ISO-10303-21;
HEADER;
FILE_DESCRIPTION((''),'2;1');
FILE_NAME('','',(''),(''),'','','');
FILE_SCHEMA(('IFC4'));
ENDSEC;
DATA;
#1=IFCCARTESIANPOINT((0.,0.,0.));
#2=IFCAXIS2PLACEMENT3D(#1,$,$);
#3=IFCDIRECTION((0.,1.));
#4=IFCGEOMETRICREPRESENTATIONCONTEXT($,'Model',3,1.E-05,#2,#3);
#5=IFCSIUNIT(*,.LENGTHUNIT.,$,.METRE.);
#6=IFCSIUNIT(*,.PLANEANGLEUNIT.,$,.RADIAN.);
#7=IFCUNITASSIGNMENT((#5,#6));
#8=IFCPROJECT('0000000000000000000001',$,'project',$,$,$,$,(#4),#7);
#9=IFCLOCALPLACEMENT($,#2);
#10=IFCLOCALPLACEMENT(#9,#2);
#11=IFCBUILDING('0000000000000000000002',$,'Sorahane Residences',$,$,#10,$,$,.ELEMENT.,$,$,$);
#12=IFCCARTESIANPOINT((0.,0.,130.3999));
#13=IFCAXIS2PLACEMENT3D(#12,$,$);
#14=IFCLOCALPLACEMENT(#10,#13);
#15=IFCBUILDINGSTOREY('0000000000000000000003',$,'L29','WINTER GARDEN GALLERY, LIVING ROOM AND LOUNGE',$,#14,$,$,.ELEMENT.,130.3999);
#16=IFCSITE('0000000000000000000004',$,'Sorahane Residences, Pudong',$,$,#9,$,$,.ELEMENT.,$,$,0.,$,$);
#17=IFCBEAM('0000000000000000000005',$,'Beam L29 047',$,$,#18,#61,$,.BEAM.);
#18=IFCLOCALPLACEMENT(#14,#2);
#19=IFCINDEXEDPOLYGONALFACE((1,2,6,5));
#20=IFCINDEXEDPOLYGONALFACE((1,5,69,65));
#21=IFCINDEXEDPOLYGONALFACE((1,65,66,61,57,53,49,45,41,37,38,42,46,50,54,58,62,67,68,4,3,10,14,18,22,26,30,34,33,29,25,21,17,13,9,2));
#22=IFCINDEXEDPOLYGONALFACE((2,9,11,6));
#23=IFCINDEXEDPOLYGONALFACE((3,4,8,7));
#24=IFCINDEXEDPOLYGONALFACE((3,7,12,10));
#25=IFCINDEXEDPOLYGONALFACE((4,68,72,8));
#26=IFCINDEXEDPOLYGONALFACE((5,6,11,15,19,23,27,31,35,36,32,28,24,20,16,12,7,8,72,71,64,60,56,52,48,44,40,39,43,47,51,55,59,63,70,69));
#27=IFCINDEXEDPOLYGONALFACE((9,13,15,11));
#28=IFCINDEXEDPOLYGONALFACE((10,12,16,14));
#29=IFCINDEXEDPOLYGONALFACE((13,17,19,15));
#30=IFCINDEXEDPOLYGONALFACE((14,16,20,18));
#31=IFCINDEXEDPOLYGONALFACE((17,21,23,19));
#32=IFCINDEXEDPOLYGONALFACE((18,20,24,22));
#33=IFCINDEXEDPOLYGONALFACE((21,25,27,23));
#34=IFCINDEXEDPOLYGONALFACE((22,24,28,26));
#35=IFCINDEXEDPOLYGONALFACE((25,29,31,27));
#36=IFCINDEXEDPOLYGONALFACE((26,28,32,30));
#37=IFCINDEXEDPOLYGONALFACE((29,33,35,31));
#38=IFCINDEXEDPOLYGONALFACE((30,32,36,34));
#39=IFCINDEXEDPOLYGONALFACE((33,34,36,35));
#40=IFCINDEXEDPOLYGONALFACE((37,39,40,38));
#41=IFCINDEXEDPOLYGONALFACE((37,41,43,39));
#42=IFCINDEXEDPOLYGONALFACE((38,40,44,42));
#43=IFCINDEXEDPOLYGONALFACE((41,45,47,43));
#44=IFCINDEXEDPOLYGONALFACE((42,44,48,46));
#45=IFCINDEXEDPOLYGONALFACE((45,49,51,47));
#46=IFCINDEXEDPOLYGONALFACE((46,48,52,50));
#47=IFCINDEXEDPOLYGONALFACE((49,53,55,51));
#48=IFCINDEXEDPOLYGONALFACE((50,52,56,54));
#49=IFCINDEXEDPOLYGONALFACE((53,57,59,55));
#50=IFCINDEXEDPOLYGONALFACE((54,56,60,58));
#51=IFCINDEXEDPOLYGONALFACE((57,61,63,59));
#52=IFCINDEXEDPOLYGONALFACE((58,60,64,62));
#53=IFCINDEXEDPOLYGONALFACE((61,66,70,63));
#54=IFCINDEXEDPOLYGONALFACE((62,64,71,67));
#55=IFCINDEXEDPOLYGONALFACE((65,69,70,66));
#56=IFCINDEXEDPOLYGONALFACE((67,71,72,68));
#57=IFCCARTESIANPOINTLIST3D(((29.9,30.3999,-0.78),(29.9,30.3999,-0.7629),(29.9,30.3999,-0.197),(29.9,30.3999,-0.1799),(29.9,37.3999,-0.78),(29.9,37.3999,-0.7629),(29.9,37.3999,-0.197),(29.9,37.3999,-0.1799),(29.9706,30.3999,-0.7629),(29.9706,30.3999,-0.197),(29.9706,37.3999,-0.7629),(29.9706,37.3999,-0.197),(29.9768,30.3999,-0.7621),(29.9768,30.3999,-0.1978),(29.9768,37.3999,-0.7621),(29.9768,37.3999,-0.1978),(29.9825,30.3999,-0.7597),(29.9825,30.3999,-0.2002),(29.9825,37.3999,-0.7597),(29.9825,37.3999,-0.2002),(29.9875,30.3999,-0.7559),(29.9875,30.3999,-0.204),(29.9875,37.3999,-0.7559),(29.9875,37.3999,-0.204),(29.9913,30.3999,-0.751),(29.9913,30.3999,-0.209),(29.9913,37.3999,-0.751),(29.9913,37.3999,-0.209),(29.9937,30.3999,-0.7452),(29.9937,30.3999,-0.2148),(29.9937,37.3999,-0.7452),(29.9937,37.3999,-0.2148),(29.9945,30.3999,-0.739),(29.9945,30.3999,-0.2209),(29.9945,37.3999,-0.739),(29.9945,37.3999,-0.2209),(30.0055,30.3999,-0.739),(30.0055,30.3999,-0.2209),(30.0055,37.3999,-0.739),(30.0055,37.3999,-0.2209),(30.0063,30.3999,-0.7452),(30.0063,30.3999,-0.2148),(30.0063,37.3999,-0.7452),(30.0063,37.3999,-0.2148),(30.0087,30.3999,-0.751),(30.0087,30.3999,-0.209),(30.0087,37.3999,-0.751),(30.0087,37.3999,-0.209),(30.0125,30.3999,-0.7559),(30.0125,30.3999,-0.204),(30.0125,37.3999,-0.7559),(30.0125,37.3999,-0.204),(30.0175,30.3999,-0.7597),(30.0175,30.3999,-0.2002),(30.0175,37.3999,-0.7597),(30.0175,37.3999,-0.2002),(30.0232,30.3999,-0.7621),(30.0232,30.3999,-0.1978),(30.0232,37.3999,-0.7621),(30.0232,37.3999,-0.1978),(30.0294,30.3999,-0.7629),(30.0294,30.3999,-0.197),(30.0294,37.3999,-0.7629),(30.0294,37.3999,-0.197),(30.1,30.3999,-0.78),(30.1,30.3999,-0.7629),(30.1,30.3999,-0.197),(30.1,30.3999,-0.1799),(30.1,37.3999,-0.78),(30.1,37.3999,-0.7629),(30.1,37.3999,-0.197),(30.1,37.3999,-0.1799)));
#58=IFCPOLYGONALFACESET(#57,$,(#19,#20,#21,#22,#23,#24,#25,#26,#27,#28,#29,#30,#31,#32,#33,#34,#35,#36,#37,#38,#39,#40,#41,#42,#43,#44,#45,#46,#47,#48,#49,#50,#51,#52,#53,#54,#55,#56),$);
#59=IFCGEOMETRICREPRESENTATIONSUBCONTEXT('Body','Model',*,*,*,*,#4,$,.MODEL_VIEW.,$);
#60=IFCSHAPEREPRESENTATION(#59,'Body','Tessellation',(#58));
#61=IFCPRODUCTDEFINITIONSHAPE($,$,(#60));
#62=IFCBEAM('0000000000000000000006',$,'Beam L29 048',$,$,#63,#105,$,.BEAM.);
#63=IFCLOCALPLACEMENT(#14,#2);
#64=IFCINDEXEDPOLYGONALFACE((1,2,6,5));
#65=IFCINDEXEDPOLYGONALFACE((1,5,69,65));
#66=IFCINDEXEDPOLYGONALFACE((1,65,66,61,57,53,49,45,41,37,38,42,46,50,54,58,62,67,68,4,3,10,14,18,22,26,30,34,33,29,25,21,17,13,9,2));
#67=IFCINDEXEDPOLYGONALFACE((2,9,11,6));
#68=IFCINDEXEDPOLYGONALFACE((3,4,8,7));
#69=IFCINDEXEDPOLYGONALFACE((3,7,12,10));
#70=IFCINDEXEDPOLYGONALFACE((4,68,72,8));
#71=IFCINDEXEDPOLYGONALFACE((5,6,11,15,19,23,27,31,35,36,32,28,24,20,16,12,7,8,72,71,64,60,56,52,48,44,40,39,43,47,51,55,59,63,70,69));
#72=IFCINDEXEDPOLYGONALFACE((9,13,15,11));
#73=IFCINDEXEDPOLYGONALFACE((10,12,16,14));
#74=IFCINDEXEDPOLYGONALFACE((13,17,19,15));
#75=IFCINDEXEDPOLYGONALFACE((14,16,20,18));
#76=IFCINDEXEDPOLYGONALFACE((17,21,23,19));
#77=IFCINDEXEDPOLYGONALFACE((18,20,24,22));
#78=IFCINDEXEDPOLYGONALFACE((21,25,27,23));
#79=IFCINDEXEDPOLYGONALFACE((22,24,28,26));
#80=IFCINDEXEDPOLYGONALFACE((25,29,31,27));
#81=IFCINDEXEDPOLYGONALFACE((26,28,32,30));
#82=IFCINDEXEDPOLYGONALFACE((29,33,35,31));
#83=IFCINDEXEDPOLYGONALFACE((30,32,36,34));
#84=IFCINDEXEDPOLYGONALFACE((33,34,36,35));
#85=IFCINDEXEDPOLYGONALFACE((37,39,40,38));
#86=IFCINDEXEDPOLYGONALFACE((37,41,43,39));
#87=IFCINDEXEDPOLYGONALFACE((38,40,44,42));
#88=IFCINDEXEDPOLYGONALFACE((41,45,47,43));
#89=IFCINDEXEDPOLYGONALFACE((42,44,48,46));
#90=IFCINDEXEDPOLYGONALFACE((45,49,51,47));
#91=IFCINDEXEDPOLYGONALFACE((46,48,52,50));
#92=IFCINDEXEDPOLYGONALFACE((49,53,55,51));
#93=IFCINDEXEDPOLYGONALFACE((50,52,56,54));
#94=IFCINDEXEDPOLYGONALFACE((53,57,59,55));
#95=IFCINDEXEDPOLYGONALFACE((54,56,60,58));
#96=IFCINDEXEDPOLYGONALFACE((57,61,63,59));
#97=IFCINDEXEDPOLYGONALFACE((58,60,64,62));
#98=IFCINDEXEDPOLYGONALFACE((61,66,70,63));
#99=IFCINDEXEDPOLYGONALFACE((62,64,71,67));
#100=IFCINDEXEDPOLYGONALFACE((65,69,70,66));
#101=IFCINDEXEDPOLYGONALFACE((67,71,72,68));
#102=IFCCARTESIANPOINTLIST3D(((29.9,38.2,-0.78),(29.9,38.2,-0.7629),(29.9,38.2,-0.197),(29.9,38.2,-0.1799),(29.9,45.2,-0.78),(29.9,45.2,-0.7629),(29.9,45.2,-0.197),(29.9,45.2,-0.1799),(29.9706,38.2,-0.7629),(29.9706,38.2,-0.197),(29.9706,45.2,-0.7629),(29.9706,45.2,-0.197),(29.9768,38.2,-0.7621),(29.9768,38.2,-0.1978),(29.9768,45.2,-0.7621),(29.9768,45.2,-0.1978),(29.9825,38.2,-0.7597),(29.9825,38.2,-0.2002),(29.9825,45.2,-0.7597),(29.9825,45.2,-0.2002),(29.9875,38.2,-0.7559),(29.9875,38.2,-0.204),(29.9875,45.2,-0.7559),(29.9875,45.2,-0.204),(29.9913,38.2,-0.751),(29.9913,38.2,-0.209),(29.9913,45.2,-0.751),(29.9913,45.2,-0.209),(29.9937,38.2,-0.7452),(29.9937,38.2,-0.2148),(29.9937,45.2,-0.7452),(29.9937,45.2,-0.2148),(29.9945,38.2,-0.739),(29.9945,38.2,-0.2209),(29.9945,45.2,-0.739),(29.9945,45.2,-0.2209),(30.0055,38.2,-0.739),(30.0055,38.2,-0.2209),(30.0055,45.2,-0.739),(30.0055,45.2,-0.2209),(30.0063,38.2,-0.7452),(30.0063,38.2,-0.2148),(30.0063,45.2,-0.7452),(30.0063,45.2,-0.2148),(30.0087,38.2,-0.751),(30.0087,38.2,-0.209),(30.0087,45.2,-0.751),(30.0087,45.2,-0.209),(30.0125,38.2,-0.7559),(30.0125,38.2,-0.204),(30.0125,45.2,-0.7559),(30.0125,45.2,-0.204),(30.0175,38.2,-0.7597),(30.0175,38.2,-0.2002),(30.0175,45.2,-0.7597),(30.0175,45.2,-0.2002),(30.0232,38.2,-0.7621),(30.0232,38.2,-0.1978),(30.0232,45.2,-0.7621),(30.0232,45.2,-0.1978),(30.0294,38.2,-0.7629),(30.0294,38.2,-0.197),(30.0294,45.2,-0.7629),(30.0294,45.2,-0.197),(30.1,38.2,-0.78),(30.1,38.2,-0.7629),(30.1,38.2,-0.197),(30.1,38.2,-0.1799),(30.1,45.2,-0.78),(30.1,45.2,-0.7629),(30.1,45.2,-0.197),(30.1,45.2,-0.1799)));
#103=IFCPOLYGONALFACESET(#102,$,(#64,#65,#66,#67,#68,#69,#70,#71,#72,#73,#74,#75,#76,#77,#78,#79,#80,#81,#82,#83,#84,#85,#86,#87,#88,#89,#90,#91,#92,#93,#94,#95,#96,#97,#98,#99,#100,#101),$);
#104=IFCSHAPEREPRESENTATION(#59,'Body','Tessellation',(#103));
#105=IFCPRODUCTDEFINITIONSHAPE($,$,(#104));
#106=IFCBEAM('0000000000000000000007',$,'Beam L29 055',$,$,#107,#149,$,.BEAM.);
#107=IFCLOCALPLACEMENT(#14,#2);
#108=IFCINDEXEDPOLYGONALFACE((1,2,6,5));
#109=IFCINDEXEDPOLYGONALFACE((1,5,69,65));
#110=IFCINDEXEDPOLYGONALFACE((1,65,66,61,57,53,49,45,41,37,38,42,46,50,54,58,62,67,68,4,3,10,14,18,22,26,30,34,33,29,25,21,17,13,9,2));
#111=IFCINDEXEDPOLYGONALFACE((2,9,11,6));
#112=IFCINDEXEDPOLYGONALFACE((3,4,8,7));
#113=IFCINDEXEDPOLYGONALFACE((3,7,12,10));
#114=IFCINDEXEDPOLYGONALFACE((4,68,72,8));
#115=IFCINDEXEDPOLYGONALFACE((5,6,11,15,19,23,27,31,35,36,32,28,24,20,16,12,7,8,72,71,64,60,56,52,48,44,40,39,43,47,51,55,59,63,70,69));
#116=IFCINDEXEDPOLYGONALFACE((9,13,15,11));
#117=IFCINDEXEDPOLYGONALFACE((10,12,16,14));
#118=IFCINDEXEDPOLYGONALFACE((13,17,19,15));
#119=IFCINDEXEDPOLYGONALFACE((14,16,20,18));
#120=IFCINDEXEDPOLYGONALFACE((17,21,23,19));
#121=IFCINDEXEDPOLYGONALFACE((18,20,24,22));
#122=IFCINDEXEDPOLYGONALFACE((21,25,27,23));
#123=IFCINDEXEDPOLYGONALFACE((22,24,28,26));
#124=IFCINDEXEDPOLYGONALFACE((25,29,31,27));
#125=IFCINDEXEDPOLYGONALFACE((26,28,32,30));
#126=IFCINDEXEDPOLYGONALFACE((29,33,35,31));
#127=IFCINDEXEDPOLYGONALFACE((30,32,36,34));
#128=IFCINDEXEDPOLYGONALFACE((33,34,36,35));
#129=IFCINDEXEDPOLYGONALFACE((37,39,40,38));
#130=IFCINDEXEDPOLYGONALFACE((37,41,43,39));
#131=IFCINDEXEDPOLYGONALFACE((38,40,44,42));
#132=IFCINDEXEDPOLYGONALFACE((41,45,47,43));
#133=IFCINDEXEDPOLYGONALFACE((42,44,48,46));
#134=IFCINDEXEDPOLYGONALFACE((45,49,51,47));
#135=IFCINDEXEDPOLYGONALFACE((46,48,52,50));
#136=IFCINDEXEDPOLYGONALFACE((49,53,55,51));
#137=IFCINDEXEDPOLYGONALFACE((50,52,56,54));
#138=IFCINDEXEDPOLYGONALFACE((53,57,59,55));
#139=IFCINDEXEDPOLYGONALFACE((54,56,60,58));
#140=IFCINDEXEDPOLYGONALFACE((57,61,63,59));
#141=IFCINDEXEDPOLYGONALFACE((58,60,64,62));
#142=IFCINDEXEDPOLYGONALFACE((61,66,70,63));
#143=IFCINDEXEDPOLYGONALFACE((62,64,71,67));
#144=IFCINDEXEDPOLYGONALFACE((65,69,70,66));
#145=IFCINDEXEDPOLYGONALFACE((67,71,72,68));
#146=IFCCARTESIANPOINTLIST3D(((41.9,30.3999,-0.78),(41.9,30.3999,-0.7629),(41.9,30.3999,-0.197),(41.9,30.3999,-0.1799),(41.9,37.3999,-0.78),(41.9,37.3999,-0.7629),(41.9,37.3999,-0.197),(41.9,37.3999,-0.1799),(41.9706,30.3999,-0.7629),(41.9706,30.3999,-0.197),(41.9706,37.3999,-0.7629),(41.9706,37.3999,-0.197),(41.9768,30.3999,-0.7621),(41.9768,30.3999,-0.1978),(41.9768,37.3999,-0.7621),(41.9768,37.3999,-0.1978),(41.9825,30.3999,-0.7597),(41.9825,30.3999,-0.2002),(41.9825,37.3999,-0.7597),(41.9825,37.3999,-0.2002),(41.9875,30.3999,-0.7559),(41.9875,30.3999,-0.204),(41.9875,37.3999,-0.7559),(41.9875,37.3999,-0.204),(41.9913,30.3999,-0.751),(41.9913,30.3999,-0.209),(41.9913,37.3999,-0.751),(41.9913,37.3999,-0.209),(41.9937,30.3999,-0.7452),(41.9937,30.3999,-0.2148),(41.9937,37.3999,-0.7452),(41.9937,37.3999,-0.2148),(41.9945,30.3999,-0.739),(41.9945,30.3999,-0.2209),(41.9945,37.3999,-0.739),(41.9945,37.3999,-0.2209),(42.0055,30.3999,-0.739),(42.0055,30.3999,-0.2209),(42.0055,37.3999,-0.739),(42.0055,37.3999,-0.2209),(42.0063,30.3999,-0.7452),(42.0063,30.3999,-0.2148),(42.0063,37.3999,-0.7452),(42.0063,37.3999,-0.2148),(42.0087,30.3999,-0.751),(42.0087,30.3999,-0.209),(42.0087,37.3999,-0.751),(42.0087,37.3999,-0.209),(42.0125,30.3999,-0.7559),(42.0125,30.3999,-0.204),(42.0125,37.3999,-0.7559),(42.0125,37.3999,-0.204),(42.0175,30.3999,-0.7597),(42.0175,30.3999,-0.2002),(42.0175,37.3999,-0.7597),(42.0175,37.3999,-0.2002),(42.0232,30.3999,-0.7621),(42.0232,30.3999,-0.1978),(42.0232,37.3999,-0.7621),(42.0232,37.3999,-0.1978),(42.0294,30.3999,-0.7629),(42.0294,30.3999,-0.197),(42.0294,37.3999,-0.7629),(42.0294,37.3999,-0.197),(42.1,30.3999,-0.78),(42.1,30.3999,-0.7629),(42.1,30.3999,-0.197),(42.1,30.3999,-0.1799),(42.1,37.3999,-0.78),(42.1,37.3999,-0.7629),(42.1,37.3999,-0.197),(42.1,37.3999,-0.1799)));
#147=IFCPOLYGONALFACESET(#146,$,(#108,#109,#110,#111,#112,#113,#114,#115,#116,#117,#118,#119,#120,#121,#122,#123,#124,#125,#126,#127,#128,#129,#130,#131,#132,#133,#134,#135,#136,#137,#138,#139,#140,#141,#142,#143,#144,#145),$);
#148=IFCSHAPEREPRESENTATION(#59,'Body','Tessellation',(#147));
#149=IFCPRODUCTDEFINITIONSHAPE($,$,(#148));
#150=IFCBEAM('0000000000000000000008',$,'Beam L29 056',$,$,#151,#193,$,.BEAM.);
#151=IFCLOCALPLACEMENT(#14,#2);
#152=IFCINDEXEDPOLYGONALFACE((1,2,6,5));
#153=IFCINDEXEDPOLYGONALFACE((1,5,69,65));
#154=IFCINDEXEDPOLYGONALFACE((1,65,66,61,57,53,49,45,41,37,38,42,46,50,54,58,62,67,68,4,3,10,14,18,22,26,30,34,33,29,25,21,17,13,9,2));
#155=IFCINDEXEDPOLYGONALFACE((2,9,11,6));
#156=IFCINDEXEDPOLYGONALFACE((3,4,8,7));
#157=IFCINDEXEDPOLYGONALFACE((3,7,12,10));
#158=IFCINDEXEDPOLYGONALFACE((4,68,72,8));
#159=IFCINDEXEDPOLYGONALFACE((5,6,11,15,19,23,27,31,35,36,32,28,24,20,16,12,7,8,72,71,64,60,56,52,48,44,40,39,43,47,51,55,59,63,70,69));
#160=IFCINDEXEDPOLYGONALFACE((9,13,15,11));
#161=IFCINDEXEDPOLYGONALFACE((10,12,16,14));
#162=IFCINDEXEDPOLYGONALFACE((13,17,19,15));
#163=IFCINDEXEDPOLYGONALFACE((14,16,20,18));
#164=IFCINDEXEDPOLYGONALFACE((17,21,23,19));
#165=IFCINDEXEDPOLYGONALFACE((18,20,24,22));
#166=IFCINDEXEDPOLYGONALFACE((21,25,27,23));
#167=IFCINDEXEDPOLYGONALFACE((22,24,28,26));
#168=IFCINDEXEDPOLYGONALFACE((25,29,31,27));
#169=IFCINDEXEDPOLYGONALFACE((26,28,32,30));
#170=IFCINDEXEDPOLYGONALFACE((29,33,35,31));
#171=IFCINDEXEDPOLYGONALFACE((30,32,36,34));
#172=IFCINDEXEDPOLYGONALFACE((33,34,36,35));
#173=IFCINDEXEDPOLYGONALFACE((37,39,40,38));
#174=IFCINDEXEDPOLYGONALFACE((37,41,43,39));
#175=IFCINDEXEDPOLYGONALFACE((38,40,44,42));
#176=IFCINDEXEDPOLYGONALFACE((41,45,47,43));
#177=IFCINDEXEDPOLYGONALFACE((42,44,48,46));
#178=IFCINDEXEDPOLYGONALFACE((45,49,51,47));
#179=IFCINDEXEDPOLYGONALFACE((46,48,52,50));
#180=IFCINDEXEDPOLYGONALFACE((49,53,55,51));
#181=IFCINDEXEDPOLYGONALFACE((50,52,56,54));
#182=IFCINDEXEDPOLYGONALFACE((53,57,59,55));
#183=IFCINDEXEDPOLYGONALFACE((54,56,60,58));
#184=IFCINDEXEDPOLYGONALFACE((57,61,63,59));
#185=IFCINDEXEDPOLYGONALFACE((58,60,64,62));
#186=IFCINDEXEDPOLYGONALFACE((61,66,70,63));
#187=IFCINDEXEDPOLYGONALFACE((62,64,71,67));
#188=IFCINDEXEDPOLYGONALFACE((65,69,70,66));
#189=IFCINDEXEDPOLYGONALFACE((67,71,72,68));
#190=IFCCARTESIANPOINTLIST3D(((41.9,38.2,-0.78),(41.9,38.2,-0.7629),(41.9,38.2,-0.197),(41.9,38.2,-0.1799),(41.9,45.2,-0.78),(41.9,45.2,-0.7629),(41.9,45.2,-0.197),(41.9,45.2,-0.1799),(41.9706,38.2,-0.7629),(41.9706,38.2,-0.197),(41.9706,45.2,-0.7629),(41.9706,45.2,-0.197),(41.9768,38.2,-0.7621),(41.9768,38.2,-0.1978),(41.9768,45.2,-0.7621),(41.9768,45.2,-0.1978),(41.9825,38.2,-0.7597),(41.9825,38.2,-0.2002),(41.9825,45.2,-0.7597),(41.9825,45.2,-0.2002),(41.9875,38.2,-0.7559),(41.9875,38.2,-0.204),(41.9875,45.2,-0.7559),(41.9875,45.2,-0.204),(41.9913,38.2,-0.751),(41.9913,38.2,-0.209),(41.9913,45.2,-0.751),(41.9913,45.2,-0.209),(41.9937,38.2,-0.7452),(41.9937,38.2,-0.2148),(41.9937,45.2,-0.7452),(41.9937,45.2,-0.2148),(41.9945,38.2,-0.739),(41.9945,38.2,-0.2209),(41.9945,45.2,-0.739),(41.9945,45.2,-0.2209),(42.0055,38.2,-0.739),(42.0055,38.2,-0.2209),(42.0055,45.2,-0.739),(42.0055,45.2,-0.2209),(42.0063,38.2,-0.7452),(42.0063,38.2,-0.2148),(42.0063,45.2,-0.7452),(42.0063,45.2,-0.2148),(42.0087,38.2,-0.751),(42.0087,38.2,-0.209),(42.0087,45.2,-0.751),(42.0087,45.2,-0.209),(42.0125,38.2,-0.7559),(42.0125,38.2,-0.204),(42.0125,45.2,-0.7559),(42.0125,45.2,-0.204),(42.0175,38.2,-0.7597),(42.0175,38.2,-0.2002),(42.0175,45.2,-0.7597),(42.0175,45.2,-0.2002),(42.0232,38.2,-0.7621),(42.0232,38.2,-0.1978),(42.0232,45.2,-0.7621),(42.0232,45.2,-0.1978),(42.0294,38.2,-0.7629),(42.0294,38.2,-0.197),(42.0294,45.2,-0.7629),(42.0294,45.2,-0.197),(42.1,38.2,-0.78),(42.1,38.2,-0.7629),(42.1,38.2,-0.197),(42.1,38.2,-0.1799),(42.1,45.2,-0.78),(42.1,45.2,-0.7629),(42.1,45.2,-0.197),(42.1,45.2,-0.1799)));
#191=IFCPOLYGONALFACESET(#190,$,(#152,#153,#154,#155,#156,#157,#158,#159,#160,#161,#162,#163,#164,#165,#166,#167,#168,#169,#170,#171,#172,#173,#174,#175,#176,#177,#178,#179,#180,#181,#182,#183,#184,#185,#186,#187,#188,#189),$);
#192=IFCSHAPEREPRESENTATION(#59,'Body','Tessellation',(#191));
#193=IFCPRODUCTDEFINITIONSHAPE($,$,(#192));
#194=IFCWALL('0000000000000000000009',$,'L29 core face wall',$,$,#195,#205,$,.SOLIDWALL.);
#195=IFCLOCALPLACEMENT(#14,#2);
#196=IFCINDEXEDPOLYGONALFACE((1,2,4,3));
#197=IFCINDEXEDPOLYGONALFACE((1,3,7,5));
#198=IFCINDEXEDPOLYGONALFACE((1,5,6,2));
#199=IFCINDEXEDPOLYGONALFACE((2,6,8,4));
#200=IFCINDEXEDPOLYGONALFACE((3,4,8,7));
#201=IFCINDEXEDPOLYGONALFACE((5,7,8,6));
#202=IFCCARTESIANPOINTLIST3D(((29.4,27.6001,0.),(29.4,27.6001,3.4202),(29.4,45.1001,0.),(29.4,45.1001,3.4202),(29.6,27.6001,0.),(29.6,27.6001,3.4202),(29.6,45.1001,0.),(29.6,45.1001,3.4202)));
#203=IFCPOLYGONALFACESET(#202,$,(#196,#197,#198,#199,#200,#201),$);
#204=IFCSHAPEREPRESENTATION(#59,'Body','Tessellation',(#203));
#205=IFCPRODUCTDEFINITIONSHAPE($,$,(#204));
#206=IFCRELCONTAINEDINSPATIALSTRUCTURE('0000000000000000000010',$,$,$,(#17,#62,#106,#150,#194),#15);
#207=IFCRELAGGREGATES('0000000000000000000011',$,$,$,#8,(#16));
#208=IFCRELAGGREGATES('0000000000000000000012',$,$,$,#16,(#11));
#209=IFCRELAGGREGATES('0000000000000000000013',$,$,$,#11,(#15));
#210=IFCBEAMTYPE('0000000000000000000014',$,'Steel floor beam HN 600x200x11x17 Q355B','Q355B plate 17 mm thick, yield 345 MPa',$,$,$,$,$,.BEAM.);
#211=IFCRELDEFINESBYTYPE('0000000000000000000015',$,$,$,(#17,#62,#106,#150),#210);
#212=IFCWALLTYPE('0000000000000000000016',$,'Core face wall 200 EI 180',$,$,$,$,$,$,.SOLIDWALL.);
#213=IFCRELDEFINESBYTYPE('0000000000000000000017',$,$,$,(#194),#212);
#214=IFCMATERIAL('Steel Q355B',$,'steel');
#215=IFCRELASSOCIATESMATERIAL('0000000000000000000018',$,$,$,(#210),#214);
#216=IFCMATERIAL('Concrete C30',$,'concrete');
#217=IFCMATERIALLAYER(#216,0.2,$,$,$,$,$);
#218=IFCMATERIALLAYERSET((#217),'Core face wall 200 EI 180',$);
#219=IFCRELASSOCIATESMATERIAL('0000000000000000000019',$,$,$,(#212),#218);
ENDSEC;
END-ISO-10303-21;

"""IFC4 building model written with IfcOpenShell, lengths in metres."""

from ifc_helpers import new_model, si_unit, direction, frame, frame_2d, origin, origin_2d, place, context, subcontext, project, spatial, rectangle, i_section, extrude, material, layer, layer_set, material_profile, profile_set, type_object, element, save


model = new_model("IFC4")

# Units and contexts
model_context = context("Model", 3, precision=1e-05, world=origin(), true_north=direction((0.0, 1.0)))
body_context = subcontext(model_context, "Body", "Model", "MODEL_VIEW")
ifc_project = project(units=[si_unit("LENGTHUNIT", "METRE"), si_unit("PLANEANGLEUNIT", "RADIAN")], contexts=[model_context])

# Site, building, storey
site_placement = place(None, origin())
site = spatial("IfcSite", under=ifc_project, at=site_placement, Name="Sorahane Residences, Pudong", CompositionType="ELEMENT", RefElevation=0.0)
building_placement = place(site_placement, origin())
building = spatial("IfcBuilding", under=site, at=building_placement, Name="Sorahane Residences", CompositionType="ELEMENT")
storey_placement = place(building_placement, frame((0.0, 0.0, 130.3999)))
storey = spatial("IfcBuildingStorey", under=building, at=storey_placement, Name="L29", Description="WINTER GARDEN GALLERY, LIVING ROOM AND LOUNGE", CompositionType="ELEMENT", Elevation=130.3999)

# Beams
ifc_material_1 = material(Name="Steel Q355B", Category="steel")
ifc_material_profile_1 = material_profile(ifc_material_1, i_section(OverallWidth=0.2, OverallDepth=0.6001, WebThickness=0.011, FlangeThickness=0.0171, FilletRadius=0.0239, at=origin_2d()), Name="HN 600x200x11x17")
ifc_profile_set_1 = profile_set([ifc_material_profile_1], Name="Steel Q355B")
beam_type_1 = type_object("IfcBeamType", Name="Steel floor beam HN 600x200x11x17 Q355B", Description="Q355B plate 17 mm thick, yield 345 MPa", PredefinedType="BEAM", material=ifc_profile_set_1)
for number, where, z_axis, x_axis, name in (
    (1, (30.0, 30.3999, -0.48), (0.0, 1.0, 0.0), (-1.0, 0.0, 0.0), "Beam L29 047"),
    (2, (30.0, 38.2, -0.48), (0.0, 1.0, 0.0), (-1.0, 0.0, 0.0), "Beam L29 048"),
    (3, (42.0, 30.3999, -0.48), (0.0, 1.0, 0.0), (-1.0, 0.0, 0.0), "Beam L29 055"),
    (4, (42.0, 38.2, -0.48), (0.0, 1.0, 0.0), (-1.0, 0.0, 0.0), "Beam L29 056"),
):
    element("IfcBeam", number, at=place(storey_placement, frame(where, z_axis=z_axis, x_axis=x_axis)), inside=storey, type_object=beam_type_1, Name=name, PredefinedType="BEAM", context=body_context, shape_type="SweptSolid", body=[
        extrude(i_section(OverallWidth=0.2, OverallDepth=0.6001, WebThickness=0.011, FlangeThickness=0.0171, FilletRadius=0.0239, at=origin_2d()), origin(), (0.0, 0.0, 1.0), 7.0),
    ])

# Wall
ifc_material_2 = material(Name="Concrete C30", Category="concrete")
ifc_layer_1 = layer(ifc_material_2, 0.2)
ifc_layer_set_1 = layer_set([ifc_layer_1], Name="Core face wall 200 EI 180")
wall_type_1 = type_object("IfcWallType", Name="Core face wall 200 EI 180", PredefinedType="SOLIDWALL", material=ifc_layer_set_1)
for number, where, z_axis, x_axis, name in (
    (5, (29.5, 27.6001, 0.0), (0.0, 0.0, 1.0), (0.0, 1.0, 0.0), "L29 core face wall"),
):
    element("IfcWall", number, at=place(storey_placement, frame(where, z_axis=z_axis, x_axis=x_axis)), inside=storey, type_object=wall_type_1, Name=name, PredefinedType="SOLIDWALL", context=body_context, shape_type="SweptSolid", body=[
        extrude(rectangle(XDim=17.5, YDim=0.2, at=frame_2d((8.75, 0.0))), origin(), (0.0, 0.0, 1.0), 3.4202),
    ])

save(model, "model.ifc")
